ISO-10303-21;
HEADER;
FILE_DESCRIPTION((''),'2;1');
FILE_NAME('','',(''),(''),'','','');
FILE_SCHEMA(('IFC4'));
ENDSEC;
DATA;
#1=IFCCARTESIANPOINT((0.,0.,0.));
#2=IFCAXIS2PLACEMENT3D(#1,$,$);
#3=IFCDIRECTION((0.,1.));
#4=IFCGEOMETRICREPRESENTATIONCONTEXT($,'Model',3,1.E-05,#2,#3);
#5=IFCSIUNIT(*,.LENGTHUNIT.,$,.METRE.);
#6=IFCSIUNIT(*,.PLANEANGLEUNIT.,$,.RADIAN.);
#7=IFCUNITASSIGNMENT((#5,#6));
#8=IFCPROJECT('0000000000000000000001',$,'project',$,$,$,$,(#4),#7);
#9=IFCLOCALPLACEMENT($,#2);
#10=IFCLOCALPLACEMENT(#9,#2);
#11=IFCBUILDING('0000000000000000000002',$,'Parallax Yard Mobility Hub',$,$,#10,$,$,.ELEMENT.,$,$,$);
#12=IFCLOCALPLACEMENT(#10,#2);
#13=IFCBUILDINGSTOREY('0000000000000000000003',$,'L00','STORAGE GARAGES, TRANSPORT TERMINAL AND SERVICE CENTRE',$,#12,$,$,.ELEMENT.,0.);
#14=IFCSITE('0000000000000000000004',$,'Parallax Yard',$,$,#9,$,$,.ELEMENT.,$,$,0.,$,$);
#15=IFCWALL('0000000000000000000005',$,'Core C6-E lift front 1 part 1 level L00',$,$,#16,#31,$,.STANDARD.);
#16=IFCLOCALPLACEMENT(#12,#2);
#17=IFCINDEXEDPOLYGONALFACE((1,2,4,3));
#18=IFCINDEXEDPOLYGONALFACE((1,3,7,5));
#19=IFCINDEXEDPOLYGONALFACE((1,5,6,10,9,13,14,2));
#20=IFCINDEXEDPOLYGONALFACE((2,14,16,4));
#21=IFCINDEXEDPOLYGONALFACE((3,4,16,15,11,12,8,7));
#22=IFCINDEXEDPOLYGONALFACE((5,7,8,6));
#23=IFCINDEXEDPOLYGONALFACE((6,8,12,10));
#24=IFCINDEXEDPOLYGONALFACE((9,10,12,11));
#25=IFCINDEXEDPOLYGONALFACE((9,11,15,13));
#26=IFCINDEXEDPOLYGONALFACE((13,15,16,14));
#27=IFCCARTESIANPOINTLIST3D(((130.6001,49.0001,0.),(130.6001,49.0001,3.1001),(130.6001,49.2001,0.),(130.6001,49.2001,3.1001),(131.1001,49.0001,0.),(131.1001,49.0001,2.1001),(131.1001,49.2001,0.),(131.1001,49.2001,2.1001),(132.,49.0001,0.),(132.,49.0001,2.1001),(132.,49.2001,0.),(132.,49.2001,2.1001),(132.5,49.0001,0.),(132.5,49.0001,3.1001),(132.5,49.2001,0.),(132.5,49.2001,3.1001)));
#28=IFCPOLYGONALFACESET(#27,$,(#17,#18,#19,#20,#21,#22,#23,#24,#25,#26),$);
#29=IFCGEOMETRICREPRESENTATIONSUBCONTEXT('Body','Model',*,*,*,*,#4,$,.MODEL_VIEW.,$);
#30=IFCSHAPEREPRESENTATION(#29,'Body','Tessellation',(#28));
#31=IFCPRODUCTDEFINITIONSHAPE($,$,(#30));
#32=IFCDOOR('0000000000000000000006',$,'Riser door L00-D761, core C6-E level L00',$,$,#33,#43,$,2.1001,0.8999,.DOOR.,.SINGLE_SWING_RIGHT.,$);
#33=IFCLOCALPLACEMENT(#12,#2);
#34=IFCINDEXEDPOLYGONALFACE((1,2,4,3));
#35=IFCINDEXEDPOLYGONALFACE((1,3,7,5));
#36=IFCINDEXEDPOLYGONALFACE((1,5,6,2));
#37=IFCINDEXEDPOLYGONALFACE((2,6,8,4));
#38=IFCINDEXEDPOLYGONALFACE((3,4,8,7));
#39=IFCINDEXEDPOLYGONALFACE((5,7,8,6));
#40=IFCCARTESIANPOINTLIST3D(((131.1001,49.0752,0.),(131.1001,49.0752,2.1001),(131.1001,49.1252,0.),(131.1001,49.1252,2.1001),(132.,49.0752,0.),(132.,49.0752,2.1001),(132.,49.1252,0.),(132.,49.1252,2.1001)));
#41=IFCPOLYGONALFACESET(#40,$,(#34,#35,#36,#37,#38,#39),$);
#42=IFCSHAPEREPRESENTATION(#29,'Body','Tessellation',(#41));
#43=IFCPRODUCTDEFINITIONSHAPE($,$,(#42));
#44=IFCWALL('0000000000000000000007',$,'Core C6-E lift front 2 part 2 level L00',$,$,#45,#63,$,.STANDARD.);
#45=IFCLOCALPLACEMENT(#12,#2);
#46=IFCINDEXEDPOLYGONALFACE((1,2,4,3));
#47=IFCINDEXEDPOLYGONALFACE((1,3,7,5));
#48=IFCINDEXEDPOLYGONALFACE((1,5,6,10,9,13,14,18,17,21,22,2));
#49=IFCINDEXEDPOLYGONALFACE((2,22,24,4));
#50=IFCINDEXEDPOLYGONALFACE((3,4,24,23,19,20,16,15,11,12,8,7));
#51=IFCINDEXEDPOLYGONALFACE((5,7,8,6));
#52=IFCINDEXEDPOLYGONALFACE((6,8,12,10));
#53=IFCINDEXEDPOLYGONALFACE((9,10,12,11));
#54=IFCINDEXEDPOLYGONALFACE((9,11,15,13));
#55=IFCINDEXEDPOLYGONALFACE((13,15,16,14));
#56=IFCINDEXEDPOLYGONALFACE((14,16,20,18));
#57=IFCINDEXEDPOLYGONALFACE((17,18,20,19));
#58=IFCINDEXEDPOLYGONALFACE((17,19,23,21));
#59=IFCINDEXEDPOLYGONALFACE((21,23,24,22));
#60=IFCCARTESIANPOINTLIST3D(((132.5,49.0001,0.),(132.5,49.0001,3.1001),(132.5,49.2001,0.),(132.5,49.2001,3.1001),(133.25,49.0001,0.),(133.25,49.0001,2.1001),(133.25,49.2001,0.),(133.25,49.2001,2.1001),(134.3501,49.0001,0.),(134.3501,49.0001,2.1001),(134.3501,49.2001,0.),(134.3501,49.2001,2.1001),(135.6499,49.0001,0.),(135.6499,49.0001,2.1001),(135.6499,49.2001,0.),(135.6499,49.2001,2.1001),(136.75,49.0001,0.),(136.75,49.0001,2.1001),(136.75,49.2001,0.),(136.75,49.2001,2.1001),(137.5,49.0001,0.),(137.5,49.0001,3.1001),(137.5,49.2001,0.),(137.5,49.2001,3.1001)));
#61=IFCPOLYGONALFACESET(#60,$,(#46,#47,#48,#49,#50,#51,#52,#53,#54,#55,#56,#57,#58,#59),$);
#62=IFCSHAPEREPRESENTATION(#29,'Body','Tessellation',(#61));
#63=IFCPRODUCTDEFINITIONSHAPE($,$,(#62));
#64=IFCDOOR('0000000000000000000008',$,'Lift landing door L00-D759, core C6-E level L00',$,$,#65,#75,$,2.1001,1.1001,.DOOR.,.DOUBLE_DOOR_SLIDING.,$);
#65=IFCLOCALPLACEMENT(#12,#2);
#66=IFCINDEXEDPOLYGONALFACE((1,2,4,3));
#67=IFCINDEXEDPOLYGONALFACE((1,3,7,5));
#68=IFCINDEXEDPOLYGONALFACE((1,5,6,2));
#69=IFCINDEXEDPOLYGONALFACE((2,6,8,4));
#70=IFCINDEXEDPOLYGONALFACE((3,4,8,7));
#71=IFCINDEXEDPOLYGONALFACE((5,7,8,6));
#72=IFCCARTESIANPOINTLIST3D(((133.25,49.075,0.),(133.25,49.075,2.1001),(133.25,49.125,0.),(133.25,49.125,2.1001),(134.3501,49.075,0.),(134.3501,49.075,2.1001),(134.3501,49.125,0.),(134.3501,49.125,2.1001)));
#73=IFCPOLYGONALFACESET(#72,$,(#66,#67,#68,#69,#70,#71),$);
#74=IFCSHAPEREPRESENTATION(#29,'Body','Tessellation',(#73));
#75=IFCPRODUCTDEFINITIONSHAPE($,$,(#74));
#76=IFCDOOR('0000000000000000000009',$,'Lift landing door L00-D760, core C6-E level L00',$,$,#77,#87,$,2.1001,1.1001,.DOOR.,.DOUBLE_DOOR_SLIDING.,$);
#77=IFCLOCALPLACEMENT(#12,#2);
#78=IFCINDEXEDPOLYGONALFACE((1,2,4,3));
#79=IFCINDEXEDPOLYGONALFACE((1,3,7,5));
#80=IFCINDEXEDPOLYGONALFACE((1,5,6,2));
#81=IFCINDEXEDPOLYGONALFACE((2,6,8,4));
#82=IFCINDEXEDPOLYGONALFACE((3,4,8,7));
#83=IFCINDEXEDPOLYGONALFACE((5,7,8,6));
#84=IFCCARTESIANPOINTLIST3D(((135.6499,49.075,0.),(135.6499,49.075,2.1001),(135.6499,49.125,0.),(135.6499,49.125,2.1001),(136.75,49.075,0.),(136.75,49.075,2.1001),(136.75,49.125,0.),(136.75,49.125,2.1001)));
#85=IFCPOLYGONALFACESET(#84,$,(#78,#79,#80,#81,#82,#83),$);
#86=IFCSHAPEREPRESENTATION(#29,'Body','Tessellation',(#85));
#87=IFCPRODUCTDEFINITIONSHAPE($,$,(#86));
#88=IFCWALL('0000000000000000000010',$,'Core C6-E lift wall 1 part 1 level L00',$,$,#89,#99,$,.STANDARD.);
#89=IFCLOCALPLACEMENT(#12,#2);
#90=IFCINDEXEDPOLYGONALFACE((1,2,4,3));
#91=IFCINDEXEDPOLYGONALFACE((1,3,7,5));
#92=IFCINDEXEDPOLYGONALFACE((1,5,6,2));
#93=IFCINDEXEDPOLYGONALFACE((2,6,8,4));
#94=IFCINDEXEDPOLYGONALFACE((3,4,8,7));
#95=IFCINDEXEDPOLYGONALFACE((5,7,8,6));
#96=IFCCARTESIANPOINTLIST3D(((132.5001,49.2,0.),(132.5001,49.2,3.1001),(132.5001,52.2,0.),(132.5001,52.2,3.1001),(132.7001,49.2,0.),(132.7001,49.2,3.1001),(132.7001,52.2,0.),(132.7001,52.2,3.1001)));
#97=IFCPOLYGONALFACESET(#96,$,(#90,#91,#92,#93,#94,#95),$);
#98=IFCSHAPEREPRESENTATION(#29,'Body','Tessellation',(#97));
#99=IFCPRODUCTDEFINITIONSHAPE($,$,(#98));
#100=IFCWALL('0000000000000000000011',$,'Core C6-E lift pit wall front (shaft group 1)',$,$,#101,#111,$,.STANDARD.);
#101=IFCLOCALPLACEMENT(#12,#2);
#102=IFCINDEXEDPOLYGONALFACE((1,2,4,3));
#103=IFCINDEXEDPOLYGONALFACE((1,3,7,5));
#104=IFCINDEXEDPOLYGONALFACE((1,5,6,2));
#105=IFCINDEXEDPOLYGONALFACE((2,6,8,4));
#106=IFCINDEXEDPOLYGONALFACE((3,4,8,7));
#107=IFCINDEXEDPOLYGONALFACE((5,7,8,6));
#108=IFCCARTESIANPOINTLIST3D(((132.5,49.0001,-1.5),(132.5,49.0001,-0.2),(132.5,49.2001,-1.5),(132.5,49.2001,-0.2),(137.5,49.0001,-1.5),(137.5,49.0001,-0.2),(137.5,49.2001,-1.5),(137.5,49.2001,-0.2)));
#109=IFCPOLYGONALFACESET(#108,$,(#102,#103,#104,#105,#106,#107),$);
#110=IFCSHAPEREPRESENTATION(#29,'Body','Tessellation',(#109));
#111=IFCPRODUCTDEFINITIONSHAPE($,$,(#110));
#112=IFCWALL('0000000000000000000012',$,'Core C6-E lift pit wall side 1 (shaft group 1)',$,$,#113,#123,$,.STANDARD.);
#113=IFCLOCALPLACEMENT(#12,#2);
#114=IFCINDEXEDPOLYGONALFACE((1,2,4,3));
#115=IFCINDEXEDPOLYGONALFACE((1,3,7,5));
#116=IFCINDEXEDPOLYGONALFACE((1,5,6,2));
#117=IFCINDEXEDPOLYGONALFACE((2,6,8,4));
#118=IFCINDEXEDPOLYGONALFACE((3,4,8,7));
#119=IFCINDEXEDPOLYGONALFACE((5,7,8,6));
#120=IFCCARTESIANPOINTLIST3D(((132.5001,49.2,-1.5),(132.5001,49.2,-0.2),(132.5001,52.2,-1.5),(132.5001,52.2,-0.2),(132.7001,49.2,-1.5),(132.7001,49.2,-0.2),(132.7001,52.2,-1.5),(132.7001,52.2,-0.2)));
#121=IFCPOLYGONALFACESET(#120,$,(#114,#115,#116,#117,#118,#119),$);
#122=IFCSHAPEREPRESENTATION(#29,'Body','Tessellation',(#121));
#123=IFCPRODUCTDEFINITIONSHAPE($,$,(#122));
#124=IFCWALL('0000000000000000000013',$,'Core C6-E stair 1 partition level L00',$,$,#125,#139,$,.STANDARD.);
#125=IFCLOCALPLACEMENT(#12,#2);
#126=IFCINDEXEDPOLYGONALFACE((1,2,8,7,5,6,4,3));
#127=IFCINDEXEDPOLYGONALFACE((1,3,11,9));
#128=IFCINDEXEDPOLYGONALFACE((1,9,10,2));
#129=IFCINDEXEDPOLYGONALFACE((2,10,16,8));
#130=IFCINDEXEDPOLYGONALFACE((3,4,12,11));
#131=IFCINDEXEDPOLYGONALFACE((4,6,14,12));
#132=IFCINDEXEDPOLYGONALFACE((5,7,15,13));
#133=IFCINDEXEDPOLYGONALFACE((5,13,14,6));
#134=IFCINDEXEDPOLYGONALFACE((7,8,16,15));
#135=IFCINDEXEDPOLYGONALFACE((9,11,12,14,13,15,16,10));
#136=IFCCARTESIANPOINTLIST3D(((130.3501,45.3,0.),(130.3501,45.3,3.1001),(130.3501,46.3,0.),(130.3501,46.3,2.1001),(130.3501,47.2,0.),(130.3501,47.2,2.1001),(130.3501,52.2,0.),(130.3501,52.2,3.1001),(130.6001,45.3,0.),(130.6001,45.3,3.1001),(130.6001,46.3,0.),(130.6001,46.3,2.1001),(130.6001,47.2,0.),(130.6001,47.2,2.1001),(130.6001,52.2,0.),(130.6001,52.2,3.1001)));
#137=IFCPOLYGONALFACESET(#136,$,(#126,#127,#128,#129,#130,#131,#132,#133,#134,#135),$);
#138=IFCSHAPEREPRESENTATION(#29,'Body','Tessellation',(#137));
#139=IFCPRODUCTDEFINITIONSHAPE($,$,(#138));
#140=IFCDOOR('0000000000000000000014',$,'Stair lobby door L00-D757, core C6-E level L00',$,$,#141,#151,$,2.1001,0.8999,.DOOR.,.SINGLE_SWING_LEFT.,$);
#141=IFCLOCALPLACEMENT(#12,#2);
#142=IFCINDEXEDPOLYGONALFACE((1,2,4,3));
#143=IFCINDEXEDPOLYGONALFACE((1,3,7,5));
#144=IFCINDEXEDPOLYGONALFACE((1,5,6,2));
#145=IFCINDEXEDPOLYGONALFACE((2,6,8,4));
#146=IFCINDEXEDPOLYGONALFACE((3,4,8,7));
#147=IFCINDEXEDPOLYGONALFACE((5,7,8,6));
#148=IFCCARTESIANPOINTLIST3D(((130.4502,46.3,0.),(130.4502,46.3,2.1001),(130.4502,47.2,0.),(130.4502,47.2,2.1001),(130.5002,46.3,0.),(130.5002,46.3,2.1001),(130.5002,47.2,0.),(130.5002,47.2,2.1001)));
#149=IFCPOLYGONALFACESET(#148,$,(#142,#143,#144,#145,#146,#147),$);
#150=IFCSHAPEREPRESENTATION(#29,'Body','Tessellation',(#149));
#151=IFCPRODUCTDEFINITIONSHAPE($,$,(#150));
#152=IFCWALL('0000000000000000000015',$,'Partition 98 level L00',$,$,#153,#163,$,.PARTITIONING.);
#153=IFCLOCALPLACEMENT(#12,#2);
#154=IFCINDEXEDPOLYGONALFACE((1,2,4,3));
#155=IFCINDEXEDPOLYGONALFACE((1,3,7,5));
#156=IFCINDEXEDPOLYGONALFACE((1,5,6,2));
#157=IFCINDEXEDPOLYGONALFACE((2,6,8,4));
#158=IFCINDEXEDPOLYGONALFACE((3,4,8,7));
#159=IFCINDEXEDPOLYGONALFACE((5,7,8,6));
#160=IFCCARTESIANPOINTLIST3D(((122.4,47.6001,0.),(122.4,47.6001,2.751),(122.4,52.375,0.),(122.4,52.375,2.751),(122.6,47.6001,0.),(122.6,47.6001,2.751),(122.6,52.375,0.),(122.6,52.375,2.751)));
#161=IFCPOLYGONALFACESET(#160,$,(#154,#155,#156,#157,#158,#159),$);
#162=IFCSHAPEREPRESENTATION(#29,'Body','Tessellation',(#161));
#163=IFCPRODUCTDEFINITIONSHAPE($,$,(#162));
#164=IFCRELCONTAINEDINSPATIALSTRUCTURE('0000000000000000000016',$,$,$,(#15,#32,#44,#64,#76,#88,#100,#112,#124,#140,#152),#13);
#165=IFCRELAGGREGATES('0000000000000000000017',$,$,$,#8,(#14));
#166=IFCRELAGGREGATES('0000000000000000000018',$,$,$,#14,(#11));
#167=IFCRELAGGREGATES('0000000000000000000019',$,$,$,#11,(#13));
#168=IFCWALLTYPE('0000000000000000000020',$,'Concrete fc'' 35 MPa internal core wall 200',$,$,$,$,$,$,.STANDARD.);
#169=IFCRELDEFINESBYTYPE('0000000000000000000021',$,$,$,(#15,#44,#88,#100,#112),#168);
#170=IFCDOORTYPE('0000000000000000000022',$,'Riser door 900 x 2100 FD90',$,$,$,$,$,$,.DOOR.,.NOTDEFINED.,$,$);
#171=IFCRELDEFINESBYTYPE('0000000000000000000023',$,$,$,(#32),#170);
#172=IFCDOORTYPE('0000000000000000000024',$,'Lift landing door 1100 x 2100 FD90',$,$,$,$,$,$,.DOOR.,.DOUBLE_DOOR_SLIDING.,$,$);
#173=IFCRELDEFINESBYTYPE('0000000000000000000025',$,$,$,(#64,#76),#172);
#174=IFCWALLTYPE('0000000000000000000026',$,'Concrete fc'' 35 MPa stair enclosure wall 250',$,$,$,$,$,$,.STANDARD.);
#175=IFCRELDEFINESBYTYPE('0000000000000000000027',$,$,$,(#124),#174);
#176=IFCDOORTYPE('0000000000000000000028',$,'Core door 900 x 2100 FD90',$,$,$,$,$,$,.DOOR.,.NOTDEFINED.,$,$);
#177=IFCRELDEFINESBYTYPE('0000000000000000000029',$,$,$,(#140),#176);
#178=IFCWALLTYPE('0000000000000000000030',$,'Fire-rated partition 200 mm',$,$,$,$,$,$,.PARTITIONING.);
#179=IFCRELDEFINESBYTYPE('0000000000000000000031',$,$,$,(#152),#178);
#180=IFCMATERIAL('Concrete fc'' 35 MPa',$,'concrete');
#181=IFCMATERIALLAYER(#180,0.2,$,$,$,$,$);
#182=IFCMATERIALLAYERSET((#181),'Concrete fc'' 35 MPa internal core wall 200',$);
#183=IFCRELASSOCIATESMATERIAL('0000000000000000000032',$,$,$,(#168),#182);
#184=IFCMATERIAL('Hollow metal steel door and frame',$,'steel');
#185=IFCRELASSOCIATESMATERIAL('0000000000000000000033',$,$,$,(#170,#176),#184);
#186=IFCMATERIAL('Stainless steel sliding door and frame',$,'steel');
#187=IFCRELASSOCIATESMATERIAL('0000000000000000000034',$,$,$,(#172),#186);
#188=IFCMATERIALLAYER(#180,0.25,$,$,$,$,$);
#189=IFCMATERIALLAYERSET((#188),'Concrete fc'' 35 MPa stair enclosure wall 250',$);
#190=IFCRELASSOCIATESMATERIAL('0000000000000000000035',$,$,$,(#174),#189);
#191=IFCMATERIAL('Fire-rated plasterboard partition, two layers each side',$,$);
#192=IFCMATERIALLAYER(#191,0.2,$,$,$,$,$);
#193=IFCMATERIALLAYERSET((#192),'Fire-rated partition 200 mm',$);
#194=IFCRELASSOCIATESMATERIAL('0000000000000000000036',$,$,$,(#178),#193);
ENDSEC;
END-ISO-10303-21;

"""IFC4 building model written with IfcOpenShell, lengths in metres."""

from ifc_helpers import new_model, si_unit, direction, frame, frame_2d, origin, place, context, subcontext, project, spatial, rectangle, extrude, material, layer, layer_set, type_object, element, fill, save


model = new_model("IFC4")

# Units and contexts
model_context = context("Model", 3, precision=1e-05, world=origin(), true_north=direction((0.0, 1.0)))
body_context = subcontext(model_context, "Body", "Model", "MODEL_VIEW")
ifc_project = project(units=[si_unit("LENGTHUNIT", "METRE"), si_unit("PLANEANGLEUNIT", "RADIAN")], contexts=[model_context])

# Site, building, storey
site_placement = place(None, origin())
site = spatial("IfcSite", under=ifc_project, at=site_placement, Name="Parallax Yard", CompositionType="ELEMENT", RefElevation=0.0)
building_placement = place(site_placement, origin())
building = spatial("IfcBuilding", under=site, at=building_placement, Name="Parallax Yard Mobility Hub", CompositionType="ELEMENT")
storey_placement = place(building_placement, origin())
storey = spatial("IfcBuildingStorey", under=building, at=storey_placement, Name="L00", Description="STORAGE GARAGES, TRANSPORT TERMINAL AND SERVICE CENTRE", CompositionType="ELEMENT", Elevation=0.0)

# Shared definitions
ifc_material_1 = material(Name="Concrete fc' 35 MPa", Category="concrete")

# Wall, opening, door
ifc_material_2 = material(Name="Hollow metal steel door and frame", Category="steel")
ifc_layer_1 = layer(ifc_material_1, 0.2)
ifc_layer_set_1 = layer_set([ifc_layer_1], Name="Concrete fc' 35 MPa internal core wall 200")
wall_type_1 = type_object("IfcWallType", Name="Concrete fc' 35 MPa internal core wall 200", PredefinedType="STANDARD", material=ifc_layer_set_1)
wall_1_placement = place(storey_placement, frame((132.5, 49.1001, 0.0), z_axis=(0.0, 0.0, 1.0), x_axis=(-1.0, 0.0, 0.0)))
wall_1 = element("IfcWall", 1, at=wall_1_placement, inside=storey, type_object=wall_type_1, Name="Core C6-E lift front 1 part 1 level L00", PredefinedType="STANDARD", context=body_context, shape_type="SweptSolid", body=[
    extrude(rectangle(XDim=1.8999, YDim=0.2, at=frame_2d((0.95, 0.0))), origin(), (0.0, 0.0, 1.0), 3.1001),
])
opening_1_placement = place(wall_1_placement, frame((0.5, 0.0, 0.0)))
opening_1 = element("IfcOpeningElement", 2, at=opening_1_placement, cuts=wall_1, PredefinedType="OPENING", context=body_context, shape_type="SweptSolid", body=[
    extrude(rectangle(XDim=0.8999, YDim=2.1001, at=frame_2d((0.45, 1.05))), frame((0.0, 0.1099, 0.0), z_axis=(0.0, -1.0, 0.0), x_axis=(1.0, 0.0, 0.0)), (0.0, 0.0, 1.0), 0.22),
])
door_type_1 = type_object("IfcDoorType", Name="Riser door 900 x 2100 FD90", OperationType="NOTDEFINED", PredefinedType="DOOR", material=ifc_material_2)
door_1_placement = place(opening_1_placement, origin())
door_1 = element("IfcDoor", 3, at=door_1_placement, inside=storey, type_object=door_type_1, Name="Riser door L00-D761, core C6-E level L00", OperationType="SINGLE_SWING_RIGHT", OverallHeight=2.1001, OverallWidth=0.8999, PredefinedType="DOOR", context=body_context, shape_type="SweptSolid", body=[
    extrude(rectangle(XDim=0.8999, YDim=2.1001, at=frame_2d((0.45, 1.05))), frame((0.0, 0.0249, 0.0), z_axis=(0.0, -1.0, 0.0), x_axis=(1.0, 0.0, 0.0)), (0.0, 0.0, 1.0), 0.05),
])
fill(opening_1, door_1)

# Wall, openings, doors
wall_2_placement = place(storey_placement, frame((132.5, 49.1001, 0.0), z_axis=(0.0, 0.0, 1.0), x_axis=(1.0, 0.0, 0.0)))
wall_2 = element("IfcWall", 4, at=wall_2_placement, inside=storey, type_object=wall_type_1, Name="Core C6-E lift front 2 part 2 level L00", PredefinedType="STANDARD", context=body_context, shape_type="SweptSolid", body=[
    extrude(rectangle(XDim=5.0, YDim=0.2, at=frame_2d((2.5, 0.0))), origin(), (0.0, 0.0, 1.0), 3.1001),
])
opening_2_placement = place(wall_2_placement, frame((0.75, 0.0, 0.0)))
opening_2 = element("IfcOpeningElement", 5, at=opening_2_placement, cuts=wall_2, PredefinedType="OPENING", context=body_context, shape_type="SweptSolid", body=[
    extrude(rectangle(XDim=1.1001, YDim=2.1001, at=frame_2d((0.55, 1.05))), frame((0.0, 0.1099, 0.0), z_axis=(0.0, -1.0, 0.0), x_axis=(1.0, 0.0, 0.0)), (0.0, 0.0, 1.0), 0.22),
])
opening_3_placement = place(wall_2_placement, frame((3.1499, 0.0, 0.0)))
opening_3 = element("IfcOpeningElement", 6, at=opening_3_placement, cuts=wall_2, PredefinedType="OPENING", context=body_context, shape_type="SweptSolid", body=[
    extrude(rectangle(XDim=1.1001, YDim=2.1001, at=frame_2d((0.55, 1.05))), frame((0.0, 0.1099, 0.0), z_axis=(0.0, -1.0, 0.0), x_axis=(1.0, 0.0, 0.0)), (0.0, 0.0, 1.0), 0.22),
])
ifc_material_3 = material(Name="Stainless steel sliding door and frame", Category="steel")
door_type_2 = type_object("IfcDoorType", Name="Lift landing door 1100 x 2100 FD90", OperationType="DOUBLE_DOOR_SLIDING", PredefinedType="DOOR", material=ifc_material_3)
door_2_placement = place(opening_2_placement, origin())
door_2 = element("IfcDoor", 7, at=door_2_placement, inside=storey, type_object=door_type_2, Name="Lift landing door L00-D759, core C6-E level L00", OperationType="DOUBLE_DOOR_SLIDING", OverallHeight=2.1001, OverallWidth=1.1001, PredefinedType="DOOR", context=body_context, shape_type="SweptSolid", body=[
    extrude(rectangle(XDim=1.1001, YDim=2.1001, at=frame_2d((0.55, 1.05))), frame((0.0, 0.0249, 0.0), z_axis=(0.0, -1.0, 0.0), x_axis=(1.0, 0.0, 0.0)), (0.0, 0.0, 1.0), 0.05),
])
fill(opening_2, door_2)
door_3_placement = place(opening_3_placement, origin())
door_3 = element("IfcDoor", 8, at=door_3_placement, inside=storey, type_object=door_type_2, Name="Lift landing door L00-D760, core C6-E level L00", OperationType="DOUBLE_DOOR_SLIDING", OverallHeight=2.1001, OverallWidth=1.1001, PredefinedType="DOOR", context=body_context, shape_type="SweptSolid", body=[
    extrude(rectangle(XDim=1.1001, YDim=2.1001, at=frame_2d((0.55, 1.05))), frame((0.0, 0.0249, 0.0), z_axis=(0.0, -1.0, 0.0), x_axis=(1.0, 0.0, 0.0)), (0.0, 0.0, 1.0), 0.05),
])
fill(opening_3, door_3)

# Walls
wall_3_placement = place(storey_placement, frame((132.6001, 49.2, 0.0), z_axis=(0.0, 0.0, 1.0), x_axis=(0.0, 1.0, 0.0)))
element("IfcWall", 9, at=wall_3_placement, inside=storey, type_object=wall_type_1, Name="Core C6-E lift wall 1 part 1 level L00", PredefinedType="STANDARD", context=body_context, shape_type="SweptSolid", body=[
    extrude(rectangle(XDim=3.0, YDim=0.2, at=frame_2d((1.5, 0.0))), origin(), (0.0, 0.0, 1.0), 3.1001),
])
wall_4_placement = place(storey_placement, frame((132.5, 49.1001, -1.5), z_axis=(0.0, 0.0, 1.0), x_axis=(1.0, 0.0, 0.0)))
element("IfcWall", 10, at=wall_4_placement, inside=storey, type_object=wall_type_1, Name="Core C6-E lift pit wall front (shaft group 1)", PredefinedType="STANDARD", context=body_context, shape_type="SweptSolid", body=[
    extrude(rectangle(XDim=5.0, YDim=0.2, at=frame_2d((2.5, 0.0))), origin(), (0.0, 0.0, 1.0), 1.3),
])
wall_5_placement = place(storey_placement, frame((132.6001, 49.2, -1.5), z_axis=(0.0, 0.0, 1.0), x_axis=(0.0, 1.0, 0.0)))
element("IfcWall", 11, at=wall_5_placement, inside=storey, type_object=wall_type_1, Name="Core C6-E lift pit wall side 1 (shaft group 1)", PredefinedType="STANDARD", context=body_context, shape_type="SweptSolid", body=[
    extrude(rectangle(XDim=3.0, YDim=0.2, at=frame_2d((1.5, 0.0))), origin(), (0.0, 0.0, 1.0), 1.3),
])

# Wall, opening, door
ifc_layer_2 = layer(ifc_material_1, 0.25)
ifc_layer_set_2 = layer_set([ifc_layer_2], Name="Concrete fc' 35 MPa stair enclosure wall 250")
wall_type_2 = type_object("IfcWallType", Name="Concrete fc' 35 MPa stair enclosure wall 250", PredefinedType="STANDARD", material=ifc_layer_set_2)
wall_6_placement = place(storey_placement, frame((130.4751, 45.3, 0.0), z_axis=(0.0, 0.0, 1.0), x_axis=(0.0, 1.0, 0.0)))
wall_6 = element("IfcWall", 12, at=wall_6_placement, inside=storey, type_object=wall_type_2, Name="Core C6-E stair 1 partition level L00", PredefinedType="STANDARD", context=body_context, shape_type="SweptSolid", body=[
    extrude(rectangle(XDim=6.8999, YDim=0.25, at=frame_2d((3.45, 0.0))), origin(), (0.0, 0.0, 1.0), 3.1001),
])
opening_4_placement = place(wall_6_placement, frame((1.0, 0.0, 0.0)))
opening_4 = element("IfcOpeningElement", 13, at=opening_4_placement, cuts=wall_6, PredefinedType="OPENING", context=body_context, shape_type="SweptSolid", body=[
    extrude(rectangle(XDim=0.8999, YDim=2.1001, at=frame_2d((0.45, 1.05))), frame((0.0, 0.135, 0.0), z_axis=(0.0, -1.0, 0.0), x_axis=(1.0, 0.0, 0.0)), (0.0, 0.0, 1.0), 0.27),
])
door_type_3 = type_object("IfcDoorType", Name="Core door 900 x 2100 FD90", OperationType="NOTDEFINED", PredefinedType="DOOR", material=ifc_material_2)
door_4_placement = place(opening_4_placement, origin())
door_4 = element("IfcDoor", 14, at=door_4_placement, inside=storey, type_object=door_type_3, Name="Stair lobby door L00-D757, core C6-E level L00", OperationType="SINGLE_SWING_LEFT", OverallHeight=2.1001, OverallWidth=0.8999, PredefinedType="DOOR", context=body_context, shape_type="SweptSolid", body=[
    extrude(rectangle(XDim=0.8999, YDim=2.1001, at=frame_2d((0.45, 1.05))), frame((0.0, 0.0249, 0.0), z_axis=(0.0, -1.0, 0.0), x_axis=(1.0, 0.0, 0.0)), (0.0, 0.0, 1.0), 0.05),
])
fill(opening_4, door_4)

# Wall
ifc_material_4 = material(Name="Fire-rated plasterboard partition, two layers each side")
ifc_layer_3 = layer(ifc_material_4, 0.2)
ifc_layer_set_3 = layer_set([ifc_layer_3], Name="Fire-rated partition 200 mm")
wall_type_3 = type_object("IfcWallType", Name="Fire-rated partition 200 mm", PredefinedType="PARTITIONING", material=ifc_layer_set_3)
wall_7_placement = place(storey_placement, frame((122.5, 47.6001, 0.0), z_axis=(0.0, 0.0, 1.0), x_axis=(0.0, 1.0, 0.0)))
element("IfcWall", 15, at=wall_7_placement, inside=storey, type_object=wall_type_3, Name="Partition 98 level L00", PredefinedType="PARTITIONING", context=body_context, shape_type="SweptSolid", body=[
    extrude(rectangle(XDim=4.7749, YDim=0.2, at=frame_2d((2.3875, 0.0))), origin(), (0.0, 0.0, 1.0), 2.751),
])

save(model, "model.ifc")
